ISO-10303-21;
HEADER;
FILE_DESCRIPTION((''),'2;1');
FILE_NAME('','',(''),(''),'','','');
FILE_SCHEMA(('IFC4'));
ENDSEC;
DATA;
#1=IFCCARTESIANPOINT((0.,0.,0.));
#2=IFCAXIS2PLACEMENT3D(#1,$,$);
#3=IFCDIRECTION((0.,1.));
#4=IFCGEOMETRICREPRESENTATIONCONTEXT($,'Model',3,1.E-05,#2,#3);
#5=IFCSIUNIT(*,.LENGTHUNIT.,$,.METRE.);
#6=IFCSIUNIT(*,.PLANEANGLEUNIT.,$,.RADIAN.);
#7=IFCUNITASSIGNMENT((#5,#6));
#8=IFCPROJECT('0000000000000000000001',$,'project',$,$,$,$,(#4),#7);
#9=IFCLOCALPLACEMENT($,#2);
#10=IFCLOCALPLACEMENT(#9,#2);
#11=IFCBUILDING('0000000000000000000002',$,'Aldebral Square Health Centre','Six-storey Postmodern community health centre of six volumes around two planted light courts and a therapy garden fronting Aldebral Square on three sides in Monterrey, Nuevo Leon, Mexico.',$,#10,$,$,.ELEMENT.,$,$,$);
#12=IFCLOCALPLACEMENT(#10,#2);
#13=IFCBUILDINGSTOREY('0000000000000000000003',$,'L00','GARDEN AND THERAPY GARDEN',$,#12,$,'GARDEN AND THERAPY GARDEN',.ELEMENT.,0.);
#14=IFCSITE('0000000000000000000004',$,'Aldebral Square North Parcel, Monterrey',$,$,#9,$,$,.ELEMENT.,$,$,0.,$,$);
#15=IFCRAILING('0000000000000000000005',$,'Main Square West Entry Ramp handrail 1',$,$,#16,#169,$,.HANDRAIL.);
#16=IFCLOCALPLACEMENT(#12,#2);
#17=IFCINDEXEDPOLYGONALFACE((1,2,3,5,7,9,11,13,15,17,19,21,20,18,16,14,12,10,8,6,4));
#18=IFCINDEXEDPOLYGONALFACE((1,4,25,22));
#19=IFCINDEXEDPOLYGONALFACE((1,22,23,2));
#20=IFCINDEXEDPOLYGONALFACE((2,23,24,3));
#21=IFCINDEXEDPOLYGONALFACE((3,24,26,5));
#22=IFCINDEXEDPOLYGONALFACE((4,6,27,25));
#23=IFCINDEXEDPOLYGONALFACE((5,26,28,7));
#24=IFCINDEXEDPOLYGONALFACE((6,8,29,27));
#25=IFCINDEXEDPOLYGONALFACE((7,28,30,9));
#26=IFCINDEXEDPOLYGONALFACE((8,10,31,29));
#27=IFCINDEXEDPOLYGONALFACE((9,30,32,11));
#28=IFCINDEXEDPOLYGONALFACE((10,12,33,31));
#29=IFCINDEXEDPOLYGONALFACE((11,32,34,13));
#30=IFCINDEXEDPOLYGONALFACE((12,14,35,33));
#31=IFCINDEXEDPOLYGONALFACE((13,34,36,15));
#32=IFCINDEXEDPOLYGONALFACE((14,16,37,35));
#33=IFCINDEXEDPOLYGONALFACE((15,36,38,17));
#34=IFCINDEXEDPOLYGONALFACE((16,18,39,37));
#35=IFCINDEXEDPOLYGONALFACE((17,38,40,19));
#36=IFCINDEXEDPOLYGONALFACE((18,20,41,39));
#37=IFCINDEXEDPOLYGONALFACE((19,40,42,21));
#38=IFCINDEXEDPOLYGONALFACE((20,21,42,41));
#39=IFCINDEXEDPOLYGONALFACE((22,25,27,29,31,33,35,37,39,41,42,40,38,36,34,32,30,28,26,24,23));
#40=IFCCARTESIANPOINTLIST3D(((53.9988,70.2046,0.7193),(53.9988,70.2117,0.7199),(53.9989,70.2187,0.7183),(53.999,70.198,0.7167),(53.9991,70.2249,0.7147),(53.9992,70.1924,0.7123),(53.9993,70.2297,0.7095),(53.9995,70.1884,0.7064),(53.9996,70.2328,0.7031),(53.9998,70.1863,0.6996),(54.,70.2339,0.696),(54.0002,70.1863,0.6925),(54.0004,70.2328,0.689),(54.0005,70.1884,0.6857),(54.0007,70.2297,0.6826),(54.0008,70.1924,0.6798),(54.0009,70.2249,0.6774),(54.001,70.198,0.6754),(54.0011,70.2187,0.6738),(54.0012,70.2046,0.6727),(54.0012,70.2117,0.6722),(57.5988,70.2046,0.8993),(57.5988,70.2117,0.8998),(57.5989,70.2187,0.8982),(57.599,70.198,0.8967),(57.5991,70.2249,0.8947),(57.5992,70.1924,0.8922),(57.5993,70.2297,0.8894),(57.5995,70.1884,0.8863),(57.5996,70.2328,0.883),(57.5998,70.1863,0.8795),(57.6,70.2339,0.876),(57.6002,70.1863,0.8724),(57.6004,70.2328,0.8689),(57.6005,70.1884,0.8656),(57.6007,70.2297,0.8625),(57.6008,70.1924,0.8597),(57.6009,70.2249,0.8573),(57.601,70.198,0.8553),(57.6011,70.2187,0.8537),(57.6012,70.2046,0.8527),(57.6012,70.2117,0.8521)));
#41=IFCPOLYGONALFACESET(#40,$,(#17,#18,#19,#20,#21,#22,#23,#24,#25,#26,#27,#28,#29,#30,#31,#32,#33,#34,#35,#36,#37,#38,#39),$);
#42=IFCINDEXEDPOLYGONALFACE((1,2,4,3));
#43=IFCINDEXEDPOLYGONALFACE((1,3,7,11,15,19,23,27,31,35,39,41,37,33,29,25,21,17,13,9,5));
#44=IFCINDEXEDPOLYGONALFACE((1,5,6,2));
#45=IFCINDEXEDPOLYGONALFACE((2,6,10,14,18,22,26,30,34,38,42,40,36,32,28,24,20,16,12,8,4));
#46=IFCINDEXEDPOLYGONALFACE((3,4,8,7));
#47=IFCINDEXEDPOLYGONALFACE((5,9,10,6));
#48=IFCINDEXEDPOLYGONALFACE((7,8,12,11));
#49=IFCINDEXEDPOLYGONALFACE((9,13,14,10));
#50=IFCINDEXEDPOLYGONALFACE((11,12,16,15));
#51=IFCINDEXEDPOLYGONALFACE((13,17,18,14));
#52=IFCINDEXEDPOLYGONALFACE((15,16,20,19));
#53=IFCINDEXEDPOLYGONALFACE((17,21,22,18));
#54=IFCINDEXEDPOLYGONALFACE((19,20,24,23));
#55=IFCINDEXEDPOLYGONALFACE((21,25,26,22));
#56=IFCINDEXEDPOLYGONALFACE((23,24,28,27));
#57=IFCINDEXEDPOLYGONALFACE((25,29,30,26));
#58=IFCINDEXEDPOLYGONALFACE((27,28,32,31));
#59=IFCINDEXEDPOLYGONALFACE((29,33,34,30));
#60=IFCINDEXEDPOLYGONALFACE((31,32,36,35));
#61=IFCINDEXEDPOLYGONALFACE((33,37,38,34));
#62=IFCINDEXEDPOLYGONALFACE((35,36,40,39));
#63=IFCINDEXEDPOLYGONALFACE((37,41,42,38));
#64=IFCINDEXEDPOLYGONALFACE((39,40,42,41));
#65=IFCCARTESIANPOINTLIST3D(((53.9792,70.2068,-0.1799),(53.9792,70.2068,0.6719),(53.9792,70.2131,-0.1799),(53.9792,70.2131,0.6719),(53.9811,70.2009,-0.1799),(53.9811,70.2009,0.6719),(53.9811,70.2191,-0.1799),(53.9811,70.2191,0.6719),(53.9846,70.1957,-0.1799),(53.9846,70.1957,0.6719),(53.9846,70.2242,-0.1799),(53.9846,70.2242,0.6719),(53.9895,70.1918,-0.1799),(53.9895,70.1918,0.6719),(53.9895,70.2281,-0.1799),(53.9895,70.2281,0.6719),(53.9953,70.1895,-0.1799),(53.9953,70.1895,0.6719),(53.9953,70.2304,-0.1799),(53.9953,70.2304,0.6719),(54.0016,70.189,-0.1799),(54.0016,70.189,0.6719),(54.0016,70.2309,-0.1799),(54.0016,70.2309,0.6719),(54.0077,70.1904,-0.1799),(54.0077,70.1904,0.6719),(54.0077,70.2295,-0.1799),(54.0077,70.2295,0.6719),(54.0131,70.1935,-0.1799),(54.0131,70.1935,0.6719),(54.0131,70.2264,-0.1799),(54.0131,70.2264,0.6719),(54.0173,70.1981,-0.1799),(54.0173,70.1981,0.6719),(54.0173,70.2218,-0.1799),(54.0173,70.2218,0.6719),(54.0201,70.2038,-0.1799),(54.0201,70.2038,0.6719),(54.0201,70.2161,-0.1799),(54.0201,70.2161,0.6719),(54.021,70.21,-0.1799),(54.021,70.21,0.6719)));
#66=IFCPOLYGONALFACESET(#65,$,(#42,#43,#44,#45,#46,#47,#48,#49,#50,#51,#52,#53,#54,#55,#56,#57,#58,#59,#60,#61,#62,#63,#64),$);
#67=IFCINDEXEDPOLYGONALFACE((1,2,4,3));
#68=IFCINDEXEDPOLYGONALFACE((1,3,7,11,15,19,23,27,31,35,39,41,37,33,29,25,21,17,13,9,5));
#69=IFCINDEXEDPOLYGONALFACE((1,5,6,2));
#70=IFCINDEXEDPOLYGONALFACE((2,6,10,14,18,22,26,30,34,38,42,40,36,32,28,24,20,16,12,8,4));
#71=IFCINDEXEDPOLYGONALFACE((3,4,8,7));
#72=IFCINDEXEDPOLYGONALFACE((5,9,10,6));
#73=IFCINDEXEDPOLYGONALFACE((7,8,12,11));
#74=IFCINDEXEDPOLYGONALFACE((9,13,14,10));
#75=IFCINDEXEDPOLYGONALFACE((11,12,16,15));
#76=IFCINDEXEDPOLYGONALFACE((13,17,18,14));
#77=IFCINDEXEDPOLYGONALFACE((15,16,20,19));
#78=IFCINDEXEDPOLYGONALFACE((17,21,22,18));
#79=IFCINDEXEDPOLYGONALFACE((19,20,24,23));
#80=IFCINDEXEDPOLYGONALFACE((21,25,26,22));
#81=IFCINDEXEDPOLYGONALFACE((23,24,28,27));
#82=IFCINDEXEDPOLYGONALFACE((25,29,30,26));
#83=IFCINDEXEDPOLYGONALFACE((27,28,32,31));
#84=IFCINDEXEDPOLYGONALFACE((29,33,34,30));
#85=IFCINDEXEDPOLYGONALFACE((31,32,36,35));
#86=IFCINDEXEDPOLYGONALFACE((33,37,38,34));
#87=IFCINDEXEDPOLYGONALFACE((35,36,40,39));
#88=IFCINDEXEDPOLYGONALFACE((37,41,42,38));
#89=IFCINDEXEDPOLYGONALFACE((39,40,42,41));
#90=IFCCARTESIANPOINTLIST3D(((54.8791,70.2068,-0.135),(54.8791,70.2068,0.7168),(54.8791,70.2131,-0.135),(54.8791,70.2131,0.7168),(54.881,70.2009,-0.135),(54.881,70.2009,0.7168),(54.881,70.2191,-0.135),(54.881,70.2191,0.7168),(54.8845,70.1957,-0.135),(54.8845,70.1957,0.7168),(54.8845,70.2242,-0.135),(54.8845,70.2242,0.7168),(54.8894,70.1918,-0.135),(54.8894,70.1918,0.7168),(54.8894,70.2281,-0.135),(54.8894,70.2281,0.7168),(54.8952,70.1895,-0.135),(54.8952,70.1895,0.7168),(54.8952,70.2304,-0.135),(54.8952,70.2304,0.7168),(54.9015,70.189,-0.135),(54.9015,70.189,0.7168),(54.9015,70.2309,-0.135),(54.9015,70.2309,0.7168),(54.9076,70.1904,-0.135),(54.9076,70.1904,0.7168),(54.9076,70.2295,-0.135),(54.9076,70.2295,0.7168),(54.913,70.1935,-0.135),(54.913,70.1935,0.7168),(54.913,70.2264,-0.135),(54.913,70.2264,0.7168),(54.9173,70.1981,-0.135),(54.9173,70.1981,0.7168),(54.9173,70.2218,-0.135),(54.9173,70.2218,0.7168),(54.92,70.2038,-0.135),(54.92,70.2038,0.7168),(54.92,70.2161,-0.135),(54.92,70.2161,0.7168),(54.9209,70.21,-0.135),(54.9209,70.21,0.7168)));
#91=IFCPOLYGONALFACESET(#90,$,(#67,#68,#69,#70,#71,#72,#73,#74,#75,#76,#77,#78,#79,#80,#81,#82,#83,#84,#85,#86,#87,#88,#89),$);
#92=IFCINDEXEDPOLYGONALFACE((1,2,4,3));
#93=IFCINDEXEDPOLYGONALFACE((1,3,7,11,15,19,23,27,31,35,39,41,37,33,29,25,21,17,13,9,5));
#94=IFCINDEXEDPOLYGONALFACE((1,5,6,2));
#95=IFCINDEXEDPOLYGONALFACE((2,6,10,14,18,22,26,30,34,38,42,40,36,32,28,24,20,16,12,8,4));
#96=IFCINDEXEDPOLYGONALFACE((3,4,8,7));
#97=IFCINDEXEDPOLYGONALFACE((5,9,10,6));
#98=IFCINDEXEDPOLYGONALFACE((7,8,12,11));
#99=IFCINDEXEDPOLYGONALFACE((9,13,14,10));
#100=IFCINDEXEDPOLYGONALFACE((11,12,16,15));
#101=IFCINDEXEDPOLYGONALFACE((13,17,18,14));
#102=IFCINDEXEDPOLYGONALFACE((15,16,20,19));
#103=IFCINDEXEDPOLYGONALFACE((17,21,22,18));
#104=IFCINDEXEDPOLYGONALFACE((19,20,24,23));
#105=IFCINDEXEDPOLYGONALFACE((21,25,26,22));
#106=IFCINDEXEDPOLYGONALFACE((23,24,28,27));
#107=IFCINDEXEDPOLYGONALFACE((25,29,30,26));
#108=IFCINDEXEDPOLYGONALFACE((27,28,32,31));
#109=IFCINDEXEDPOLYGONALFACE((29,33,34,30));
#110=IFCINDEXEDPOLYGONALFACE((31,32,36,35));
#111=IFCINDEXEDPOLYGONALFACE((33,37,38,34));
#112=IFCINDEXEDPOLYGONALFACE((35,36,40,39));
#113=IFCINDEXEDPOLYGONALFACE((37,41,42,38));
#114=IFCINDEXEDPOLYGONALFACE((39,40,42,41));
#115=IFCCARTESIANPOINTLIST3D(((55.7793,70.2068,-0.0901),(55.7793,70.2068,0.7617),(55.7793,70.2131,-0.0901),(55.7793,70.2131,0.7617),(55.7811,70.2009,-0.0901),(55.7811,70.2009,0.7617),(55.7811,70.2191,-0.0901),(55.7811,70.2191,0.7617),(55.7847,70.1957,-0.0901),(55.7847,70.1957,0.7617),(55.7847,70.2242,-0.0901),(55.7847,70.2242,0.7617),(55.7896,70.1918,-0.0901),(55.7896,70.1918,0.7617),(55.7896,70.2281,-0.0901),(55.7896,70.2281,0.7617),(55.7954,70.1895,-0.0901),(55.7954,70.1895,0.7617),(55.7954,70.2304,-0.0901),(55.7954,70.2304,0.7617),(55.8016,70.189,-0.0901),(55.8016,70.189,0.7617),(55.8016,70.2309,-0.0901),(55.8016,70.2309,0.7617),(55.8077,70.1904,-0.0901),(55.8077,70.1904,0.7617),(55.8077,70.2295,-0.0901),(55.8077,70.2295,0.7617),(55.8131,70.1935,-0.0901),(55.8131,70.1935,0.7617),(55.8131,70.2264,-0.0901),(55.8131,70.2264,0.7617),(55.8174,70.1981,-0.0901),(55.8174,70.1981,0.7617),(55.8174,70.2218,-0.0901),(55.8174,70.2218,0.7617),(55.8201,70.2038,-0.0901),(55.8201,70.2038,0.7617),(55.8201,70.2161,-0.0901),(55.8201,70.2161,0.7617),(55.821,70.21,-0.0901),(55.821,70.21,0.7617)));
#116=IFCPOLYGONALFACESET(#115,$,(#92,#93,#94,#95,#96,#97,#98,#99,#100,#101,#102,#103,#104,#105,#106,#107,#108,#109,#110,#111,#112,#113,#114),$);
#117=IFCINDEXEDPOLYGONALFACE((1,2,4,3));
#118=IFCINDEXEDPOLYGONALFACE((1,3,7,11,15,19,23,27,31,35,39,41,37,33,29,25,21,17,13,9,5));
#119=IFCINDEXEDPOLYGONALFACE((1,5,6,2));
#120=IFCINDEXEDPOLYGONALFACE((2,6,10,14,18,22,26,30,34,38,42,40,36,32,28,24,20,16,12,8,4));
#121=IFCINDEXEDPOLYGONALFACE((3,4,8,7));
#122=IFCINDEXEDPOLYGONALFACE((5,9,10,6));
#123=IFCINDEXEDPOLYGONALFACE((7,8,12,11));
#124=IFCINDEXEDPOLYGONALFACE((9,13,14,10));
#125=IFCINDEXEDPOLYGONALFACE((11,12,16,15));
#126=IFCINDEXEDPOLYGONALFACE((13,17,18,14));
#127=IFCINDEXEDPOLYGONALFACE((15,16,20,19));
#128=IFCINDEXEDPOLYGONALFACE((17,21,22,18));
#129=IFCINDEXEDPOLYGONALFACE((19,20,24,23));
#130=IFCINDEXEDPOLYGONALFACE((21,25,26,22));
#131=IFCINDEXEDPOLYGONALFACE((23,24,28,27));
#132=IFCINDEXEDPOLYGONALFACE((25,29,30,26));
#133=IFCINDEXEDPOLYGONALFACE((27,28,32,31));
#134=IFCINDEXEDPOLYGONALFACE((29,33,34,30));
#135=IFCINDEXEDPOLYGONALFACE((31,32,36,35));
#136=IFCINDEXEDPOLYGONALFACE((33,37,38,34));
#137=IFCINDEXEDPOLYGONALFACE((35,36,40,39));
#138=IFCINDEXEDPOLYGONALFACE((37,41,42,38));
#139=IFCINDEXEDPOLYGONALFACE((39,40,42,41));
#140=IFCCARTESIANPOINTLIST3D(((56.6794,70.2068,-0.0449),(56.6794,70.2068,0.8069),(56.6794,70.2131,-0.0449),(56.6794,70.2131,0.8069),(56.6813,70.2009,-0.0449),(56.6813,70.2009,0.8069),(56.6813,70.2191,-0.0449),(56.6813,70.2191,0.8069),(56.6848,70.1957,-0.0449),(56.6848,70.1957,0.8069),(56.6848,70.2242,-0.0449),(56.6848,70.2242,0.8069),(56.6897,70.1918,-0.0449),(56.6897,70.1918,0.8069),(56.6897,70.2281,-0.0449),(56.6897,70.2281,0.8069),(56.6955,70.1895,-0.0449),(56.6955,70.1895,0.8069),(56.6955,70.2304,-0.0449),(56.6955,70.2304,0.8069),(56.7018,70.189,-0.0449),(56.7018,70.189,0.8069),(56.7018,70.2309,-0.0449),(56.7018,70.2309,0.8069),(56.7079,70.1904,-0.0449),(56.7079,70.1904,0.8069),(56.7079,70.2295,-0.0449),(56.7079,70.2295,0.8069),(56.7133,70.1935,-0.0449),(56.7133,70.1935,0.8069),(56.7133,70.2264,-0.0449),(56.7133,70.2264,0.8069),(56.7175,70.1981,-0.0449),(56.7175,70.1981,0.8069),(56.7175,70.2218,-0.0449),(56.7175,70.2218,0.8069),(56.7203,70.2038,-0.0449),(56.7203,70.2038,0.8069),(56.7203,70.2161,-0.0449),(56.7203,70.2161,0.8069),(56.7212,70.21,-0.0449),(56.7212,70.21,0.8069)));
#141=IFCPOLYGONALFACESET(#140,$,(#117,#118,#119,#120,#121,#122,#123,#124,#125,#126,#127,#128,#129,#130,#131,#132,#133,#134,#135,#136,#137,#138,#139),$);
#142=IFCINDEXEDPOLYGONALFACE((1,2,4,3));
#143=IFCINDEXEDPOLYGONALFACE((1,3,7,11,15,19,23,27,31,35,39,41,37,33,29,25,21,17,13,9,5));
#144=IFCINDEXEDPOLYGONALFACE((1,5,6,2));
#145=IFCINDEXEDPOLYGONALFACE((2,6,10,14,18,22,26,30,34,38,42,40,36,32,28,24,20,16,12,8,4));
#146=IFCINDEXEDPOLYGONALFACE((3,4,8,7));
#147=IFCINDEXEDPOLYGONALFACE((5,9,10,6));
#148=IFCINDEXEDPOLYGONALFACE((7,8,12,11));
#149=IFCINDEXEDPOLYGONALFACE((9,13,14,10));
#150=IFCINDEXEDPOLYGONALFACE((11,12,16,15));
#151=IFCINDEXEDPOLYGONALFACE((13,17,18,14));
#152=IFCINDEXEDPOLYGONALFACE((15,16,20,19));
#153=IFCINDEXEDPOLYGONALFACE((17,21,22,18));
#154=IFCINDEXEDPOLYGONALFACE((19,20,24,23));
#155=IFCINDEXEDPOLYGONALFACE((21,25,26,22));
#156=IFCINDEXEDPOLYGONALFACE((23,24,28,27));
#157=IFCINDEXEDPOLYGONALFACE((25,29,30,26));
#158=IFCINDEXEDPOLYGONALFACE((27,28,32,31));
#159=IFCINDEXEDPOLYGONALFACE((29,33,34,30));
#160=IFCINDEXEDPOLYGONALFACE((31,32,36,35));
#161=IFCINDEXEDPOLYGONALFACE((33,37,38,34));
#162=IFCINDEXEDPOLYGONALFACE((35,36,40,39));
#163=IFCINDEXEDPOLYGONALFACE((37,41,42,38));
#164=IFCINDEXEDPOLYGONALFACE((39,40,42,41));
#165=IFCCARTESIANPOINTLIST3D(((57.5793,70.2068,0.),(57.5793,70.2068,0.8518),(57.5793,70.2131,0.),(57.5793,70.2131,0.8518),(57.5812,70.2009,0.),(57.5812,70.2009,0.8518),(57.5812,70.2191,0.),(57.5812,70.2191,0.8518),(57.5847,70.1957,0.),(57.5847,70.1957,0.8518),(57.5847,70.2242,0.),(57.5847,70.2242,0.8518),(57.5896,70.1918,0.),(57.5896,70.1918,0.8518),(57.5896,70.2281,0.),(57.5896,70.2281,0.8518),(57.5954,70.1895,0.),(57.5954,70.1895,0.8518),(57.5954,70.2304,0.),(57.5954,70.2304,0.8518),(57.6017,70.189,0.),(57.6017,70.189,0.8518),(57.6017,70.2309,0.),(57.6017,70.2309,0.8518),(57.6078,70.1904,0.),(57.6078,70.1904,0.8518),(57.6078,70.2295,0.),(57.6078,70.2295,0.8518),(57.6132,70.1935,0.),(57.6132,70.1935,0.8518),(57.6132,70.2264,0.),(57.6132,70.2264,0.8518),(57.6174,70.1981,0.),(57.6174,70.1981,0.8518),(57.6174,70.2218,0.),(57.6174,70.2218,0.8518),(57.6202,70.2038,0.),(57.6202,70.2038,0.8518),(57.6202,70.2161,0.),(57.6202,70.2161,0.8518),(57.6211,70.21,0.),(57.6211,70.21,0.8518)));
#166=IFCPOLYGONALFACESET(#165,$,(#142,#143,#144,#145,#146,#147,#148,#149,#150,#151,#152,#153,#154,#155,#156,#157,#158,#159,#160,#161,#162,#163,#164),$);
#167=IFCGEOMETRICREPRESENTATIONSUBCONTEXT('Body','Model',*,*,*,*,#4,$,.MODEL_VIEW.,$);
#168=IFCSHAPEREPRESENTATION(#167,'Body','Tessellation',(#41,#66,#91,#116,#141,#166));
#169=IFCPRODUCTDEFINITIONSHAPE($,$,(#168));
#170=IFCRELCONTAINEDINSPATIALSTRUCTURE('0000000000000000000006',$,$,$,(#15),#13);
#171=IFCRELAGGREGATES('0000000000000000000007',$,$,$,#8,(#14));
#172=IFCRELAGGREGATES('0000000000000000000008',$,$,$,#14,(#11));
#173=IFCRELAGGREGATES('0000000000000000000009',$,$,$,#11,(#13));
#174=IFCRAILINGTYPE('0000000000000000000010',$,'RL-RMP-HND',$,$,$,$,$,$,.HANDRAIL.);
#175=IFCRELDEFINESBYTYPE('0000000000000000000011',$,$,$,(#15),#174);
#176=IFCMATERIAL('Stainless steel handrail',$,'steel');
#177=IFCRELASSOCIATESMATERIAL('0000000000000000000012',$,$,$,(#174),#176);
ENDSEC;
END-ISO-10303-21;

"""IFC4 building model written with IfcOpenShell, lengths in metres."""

from ifc_helpers import new_model, si_unit, direction, frame, origin, origin_2d, place, context, subcontext, project, spatial, circle, extrude, material, type_object, element, save


model = new_model("IFC4")

# Units and contexts
model_context = context("Model", 3, precision=1e-05, world=origin(), true_north=direction((0.0, 1.0)))
body_context = subcontext(model_context, "Body", "Model", "MODEL_VIEW")
ifc_project = project(units=[si_unit("LENGTHUNIT", "METRE"), si_unit("PLANEANGLEUNIT", "RADIAN")], contexts=[model_context])

# Site, building, storey
site_placement = place(None, origin())
site = spatial("IfcSite", under=ifc_project, at=site_placement, Name="Aldebral Square North Parcel, Monterrey", CompositionType="ELEMENT", RefElevation=0.0)
building_placement = place(site_placement, origin())
building = spatial("IfcBuilding", under=site, at=building_placement, Name="Aldebral Square Health Centre", Description="Six-storey Postmodern community health centre of six volumes around two planted light courts and a therapy garden fronting Aldebral Square on three sides in Monterrey, Nuevo Leon, Mexico.", CompositionType="ELEMENT")
storey_placement = place(building_placement, origin())
storey = spatial("IfcBuildingStorey", under=building, at=storey_placement, Name="L00", Description="GARDEN AND THERAPY GARDEN", LongName="GARDEN AND THERAPY GARDEN", CompositionType="ELEMENT", Elevation=0.0)

# Railing
ifc_material_1 = material(Name="Stainless steel handrail", Category="steel")
railing_type = type_object("IfcRailingType", Name="RL-RMP-HND", PredefinedType="HANDRAIL", material=ifc_material_1)
for number, where, name in (
    (1, (54.0, 70.21, -0.1799), "Main Square West Entry Ramp handrail 1"),
):
    element("IfcRailing", number, at=place(storey_placement, frame(where)), inside=storey, type_object=railing_type, Name=name, PredefinedType="HANDRAIL", context=body_context, shape_type="SweptSolid", body=[
        extrude(circle(Radius=0.0239, at=origin_2d()), frame((0.0, 0.0, 0.876), z_axis=(0.998753, 0.0, 0.049917), x_axis=(0.0, 1.0, 0.0)), (0.0, 0.0, 1.0), 3.6045),
        extrude(circle(Radius=0.021, at=origin_2d()), origin(), (0.0, 0.0, 1.0), 0.8518),
        extrude(circle(Radius=0.021, at=origin_2d()), frame((0.8999, 0.0, 0.0449)), (0.0, 0.0, 1.0), 0.8518),
        extrude(circle(Radius=0.021, at=origin_2d()), frame((1.8, 0.0, 0.0898)), (0.0, 0.0, 1.0), 0.8518),
        extrude(circle(Radius=0.021, at=origin_2d()), frame((2.7002, 0.0, 0.135)), (0.0, 0.0, 1.0), 0.8518),
        extrude(circle(Radius=0.021, at=origin_2d()), frame((3.6001, 0.0, 0.1799)), (0.0, 0.0, 1.0), 0.8518),
    ])

save(model, "model.ifc")
